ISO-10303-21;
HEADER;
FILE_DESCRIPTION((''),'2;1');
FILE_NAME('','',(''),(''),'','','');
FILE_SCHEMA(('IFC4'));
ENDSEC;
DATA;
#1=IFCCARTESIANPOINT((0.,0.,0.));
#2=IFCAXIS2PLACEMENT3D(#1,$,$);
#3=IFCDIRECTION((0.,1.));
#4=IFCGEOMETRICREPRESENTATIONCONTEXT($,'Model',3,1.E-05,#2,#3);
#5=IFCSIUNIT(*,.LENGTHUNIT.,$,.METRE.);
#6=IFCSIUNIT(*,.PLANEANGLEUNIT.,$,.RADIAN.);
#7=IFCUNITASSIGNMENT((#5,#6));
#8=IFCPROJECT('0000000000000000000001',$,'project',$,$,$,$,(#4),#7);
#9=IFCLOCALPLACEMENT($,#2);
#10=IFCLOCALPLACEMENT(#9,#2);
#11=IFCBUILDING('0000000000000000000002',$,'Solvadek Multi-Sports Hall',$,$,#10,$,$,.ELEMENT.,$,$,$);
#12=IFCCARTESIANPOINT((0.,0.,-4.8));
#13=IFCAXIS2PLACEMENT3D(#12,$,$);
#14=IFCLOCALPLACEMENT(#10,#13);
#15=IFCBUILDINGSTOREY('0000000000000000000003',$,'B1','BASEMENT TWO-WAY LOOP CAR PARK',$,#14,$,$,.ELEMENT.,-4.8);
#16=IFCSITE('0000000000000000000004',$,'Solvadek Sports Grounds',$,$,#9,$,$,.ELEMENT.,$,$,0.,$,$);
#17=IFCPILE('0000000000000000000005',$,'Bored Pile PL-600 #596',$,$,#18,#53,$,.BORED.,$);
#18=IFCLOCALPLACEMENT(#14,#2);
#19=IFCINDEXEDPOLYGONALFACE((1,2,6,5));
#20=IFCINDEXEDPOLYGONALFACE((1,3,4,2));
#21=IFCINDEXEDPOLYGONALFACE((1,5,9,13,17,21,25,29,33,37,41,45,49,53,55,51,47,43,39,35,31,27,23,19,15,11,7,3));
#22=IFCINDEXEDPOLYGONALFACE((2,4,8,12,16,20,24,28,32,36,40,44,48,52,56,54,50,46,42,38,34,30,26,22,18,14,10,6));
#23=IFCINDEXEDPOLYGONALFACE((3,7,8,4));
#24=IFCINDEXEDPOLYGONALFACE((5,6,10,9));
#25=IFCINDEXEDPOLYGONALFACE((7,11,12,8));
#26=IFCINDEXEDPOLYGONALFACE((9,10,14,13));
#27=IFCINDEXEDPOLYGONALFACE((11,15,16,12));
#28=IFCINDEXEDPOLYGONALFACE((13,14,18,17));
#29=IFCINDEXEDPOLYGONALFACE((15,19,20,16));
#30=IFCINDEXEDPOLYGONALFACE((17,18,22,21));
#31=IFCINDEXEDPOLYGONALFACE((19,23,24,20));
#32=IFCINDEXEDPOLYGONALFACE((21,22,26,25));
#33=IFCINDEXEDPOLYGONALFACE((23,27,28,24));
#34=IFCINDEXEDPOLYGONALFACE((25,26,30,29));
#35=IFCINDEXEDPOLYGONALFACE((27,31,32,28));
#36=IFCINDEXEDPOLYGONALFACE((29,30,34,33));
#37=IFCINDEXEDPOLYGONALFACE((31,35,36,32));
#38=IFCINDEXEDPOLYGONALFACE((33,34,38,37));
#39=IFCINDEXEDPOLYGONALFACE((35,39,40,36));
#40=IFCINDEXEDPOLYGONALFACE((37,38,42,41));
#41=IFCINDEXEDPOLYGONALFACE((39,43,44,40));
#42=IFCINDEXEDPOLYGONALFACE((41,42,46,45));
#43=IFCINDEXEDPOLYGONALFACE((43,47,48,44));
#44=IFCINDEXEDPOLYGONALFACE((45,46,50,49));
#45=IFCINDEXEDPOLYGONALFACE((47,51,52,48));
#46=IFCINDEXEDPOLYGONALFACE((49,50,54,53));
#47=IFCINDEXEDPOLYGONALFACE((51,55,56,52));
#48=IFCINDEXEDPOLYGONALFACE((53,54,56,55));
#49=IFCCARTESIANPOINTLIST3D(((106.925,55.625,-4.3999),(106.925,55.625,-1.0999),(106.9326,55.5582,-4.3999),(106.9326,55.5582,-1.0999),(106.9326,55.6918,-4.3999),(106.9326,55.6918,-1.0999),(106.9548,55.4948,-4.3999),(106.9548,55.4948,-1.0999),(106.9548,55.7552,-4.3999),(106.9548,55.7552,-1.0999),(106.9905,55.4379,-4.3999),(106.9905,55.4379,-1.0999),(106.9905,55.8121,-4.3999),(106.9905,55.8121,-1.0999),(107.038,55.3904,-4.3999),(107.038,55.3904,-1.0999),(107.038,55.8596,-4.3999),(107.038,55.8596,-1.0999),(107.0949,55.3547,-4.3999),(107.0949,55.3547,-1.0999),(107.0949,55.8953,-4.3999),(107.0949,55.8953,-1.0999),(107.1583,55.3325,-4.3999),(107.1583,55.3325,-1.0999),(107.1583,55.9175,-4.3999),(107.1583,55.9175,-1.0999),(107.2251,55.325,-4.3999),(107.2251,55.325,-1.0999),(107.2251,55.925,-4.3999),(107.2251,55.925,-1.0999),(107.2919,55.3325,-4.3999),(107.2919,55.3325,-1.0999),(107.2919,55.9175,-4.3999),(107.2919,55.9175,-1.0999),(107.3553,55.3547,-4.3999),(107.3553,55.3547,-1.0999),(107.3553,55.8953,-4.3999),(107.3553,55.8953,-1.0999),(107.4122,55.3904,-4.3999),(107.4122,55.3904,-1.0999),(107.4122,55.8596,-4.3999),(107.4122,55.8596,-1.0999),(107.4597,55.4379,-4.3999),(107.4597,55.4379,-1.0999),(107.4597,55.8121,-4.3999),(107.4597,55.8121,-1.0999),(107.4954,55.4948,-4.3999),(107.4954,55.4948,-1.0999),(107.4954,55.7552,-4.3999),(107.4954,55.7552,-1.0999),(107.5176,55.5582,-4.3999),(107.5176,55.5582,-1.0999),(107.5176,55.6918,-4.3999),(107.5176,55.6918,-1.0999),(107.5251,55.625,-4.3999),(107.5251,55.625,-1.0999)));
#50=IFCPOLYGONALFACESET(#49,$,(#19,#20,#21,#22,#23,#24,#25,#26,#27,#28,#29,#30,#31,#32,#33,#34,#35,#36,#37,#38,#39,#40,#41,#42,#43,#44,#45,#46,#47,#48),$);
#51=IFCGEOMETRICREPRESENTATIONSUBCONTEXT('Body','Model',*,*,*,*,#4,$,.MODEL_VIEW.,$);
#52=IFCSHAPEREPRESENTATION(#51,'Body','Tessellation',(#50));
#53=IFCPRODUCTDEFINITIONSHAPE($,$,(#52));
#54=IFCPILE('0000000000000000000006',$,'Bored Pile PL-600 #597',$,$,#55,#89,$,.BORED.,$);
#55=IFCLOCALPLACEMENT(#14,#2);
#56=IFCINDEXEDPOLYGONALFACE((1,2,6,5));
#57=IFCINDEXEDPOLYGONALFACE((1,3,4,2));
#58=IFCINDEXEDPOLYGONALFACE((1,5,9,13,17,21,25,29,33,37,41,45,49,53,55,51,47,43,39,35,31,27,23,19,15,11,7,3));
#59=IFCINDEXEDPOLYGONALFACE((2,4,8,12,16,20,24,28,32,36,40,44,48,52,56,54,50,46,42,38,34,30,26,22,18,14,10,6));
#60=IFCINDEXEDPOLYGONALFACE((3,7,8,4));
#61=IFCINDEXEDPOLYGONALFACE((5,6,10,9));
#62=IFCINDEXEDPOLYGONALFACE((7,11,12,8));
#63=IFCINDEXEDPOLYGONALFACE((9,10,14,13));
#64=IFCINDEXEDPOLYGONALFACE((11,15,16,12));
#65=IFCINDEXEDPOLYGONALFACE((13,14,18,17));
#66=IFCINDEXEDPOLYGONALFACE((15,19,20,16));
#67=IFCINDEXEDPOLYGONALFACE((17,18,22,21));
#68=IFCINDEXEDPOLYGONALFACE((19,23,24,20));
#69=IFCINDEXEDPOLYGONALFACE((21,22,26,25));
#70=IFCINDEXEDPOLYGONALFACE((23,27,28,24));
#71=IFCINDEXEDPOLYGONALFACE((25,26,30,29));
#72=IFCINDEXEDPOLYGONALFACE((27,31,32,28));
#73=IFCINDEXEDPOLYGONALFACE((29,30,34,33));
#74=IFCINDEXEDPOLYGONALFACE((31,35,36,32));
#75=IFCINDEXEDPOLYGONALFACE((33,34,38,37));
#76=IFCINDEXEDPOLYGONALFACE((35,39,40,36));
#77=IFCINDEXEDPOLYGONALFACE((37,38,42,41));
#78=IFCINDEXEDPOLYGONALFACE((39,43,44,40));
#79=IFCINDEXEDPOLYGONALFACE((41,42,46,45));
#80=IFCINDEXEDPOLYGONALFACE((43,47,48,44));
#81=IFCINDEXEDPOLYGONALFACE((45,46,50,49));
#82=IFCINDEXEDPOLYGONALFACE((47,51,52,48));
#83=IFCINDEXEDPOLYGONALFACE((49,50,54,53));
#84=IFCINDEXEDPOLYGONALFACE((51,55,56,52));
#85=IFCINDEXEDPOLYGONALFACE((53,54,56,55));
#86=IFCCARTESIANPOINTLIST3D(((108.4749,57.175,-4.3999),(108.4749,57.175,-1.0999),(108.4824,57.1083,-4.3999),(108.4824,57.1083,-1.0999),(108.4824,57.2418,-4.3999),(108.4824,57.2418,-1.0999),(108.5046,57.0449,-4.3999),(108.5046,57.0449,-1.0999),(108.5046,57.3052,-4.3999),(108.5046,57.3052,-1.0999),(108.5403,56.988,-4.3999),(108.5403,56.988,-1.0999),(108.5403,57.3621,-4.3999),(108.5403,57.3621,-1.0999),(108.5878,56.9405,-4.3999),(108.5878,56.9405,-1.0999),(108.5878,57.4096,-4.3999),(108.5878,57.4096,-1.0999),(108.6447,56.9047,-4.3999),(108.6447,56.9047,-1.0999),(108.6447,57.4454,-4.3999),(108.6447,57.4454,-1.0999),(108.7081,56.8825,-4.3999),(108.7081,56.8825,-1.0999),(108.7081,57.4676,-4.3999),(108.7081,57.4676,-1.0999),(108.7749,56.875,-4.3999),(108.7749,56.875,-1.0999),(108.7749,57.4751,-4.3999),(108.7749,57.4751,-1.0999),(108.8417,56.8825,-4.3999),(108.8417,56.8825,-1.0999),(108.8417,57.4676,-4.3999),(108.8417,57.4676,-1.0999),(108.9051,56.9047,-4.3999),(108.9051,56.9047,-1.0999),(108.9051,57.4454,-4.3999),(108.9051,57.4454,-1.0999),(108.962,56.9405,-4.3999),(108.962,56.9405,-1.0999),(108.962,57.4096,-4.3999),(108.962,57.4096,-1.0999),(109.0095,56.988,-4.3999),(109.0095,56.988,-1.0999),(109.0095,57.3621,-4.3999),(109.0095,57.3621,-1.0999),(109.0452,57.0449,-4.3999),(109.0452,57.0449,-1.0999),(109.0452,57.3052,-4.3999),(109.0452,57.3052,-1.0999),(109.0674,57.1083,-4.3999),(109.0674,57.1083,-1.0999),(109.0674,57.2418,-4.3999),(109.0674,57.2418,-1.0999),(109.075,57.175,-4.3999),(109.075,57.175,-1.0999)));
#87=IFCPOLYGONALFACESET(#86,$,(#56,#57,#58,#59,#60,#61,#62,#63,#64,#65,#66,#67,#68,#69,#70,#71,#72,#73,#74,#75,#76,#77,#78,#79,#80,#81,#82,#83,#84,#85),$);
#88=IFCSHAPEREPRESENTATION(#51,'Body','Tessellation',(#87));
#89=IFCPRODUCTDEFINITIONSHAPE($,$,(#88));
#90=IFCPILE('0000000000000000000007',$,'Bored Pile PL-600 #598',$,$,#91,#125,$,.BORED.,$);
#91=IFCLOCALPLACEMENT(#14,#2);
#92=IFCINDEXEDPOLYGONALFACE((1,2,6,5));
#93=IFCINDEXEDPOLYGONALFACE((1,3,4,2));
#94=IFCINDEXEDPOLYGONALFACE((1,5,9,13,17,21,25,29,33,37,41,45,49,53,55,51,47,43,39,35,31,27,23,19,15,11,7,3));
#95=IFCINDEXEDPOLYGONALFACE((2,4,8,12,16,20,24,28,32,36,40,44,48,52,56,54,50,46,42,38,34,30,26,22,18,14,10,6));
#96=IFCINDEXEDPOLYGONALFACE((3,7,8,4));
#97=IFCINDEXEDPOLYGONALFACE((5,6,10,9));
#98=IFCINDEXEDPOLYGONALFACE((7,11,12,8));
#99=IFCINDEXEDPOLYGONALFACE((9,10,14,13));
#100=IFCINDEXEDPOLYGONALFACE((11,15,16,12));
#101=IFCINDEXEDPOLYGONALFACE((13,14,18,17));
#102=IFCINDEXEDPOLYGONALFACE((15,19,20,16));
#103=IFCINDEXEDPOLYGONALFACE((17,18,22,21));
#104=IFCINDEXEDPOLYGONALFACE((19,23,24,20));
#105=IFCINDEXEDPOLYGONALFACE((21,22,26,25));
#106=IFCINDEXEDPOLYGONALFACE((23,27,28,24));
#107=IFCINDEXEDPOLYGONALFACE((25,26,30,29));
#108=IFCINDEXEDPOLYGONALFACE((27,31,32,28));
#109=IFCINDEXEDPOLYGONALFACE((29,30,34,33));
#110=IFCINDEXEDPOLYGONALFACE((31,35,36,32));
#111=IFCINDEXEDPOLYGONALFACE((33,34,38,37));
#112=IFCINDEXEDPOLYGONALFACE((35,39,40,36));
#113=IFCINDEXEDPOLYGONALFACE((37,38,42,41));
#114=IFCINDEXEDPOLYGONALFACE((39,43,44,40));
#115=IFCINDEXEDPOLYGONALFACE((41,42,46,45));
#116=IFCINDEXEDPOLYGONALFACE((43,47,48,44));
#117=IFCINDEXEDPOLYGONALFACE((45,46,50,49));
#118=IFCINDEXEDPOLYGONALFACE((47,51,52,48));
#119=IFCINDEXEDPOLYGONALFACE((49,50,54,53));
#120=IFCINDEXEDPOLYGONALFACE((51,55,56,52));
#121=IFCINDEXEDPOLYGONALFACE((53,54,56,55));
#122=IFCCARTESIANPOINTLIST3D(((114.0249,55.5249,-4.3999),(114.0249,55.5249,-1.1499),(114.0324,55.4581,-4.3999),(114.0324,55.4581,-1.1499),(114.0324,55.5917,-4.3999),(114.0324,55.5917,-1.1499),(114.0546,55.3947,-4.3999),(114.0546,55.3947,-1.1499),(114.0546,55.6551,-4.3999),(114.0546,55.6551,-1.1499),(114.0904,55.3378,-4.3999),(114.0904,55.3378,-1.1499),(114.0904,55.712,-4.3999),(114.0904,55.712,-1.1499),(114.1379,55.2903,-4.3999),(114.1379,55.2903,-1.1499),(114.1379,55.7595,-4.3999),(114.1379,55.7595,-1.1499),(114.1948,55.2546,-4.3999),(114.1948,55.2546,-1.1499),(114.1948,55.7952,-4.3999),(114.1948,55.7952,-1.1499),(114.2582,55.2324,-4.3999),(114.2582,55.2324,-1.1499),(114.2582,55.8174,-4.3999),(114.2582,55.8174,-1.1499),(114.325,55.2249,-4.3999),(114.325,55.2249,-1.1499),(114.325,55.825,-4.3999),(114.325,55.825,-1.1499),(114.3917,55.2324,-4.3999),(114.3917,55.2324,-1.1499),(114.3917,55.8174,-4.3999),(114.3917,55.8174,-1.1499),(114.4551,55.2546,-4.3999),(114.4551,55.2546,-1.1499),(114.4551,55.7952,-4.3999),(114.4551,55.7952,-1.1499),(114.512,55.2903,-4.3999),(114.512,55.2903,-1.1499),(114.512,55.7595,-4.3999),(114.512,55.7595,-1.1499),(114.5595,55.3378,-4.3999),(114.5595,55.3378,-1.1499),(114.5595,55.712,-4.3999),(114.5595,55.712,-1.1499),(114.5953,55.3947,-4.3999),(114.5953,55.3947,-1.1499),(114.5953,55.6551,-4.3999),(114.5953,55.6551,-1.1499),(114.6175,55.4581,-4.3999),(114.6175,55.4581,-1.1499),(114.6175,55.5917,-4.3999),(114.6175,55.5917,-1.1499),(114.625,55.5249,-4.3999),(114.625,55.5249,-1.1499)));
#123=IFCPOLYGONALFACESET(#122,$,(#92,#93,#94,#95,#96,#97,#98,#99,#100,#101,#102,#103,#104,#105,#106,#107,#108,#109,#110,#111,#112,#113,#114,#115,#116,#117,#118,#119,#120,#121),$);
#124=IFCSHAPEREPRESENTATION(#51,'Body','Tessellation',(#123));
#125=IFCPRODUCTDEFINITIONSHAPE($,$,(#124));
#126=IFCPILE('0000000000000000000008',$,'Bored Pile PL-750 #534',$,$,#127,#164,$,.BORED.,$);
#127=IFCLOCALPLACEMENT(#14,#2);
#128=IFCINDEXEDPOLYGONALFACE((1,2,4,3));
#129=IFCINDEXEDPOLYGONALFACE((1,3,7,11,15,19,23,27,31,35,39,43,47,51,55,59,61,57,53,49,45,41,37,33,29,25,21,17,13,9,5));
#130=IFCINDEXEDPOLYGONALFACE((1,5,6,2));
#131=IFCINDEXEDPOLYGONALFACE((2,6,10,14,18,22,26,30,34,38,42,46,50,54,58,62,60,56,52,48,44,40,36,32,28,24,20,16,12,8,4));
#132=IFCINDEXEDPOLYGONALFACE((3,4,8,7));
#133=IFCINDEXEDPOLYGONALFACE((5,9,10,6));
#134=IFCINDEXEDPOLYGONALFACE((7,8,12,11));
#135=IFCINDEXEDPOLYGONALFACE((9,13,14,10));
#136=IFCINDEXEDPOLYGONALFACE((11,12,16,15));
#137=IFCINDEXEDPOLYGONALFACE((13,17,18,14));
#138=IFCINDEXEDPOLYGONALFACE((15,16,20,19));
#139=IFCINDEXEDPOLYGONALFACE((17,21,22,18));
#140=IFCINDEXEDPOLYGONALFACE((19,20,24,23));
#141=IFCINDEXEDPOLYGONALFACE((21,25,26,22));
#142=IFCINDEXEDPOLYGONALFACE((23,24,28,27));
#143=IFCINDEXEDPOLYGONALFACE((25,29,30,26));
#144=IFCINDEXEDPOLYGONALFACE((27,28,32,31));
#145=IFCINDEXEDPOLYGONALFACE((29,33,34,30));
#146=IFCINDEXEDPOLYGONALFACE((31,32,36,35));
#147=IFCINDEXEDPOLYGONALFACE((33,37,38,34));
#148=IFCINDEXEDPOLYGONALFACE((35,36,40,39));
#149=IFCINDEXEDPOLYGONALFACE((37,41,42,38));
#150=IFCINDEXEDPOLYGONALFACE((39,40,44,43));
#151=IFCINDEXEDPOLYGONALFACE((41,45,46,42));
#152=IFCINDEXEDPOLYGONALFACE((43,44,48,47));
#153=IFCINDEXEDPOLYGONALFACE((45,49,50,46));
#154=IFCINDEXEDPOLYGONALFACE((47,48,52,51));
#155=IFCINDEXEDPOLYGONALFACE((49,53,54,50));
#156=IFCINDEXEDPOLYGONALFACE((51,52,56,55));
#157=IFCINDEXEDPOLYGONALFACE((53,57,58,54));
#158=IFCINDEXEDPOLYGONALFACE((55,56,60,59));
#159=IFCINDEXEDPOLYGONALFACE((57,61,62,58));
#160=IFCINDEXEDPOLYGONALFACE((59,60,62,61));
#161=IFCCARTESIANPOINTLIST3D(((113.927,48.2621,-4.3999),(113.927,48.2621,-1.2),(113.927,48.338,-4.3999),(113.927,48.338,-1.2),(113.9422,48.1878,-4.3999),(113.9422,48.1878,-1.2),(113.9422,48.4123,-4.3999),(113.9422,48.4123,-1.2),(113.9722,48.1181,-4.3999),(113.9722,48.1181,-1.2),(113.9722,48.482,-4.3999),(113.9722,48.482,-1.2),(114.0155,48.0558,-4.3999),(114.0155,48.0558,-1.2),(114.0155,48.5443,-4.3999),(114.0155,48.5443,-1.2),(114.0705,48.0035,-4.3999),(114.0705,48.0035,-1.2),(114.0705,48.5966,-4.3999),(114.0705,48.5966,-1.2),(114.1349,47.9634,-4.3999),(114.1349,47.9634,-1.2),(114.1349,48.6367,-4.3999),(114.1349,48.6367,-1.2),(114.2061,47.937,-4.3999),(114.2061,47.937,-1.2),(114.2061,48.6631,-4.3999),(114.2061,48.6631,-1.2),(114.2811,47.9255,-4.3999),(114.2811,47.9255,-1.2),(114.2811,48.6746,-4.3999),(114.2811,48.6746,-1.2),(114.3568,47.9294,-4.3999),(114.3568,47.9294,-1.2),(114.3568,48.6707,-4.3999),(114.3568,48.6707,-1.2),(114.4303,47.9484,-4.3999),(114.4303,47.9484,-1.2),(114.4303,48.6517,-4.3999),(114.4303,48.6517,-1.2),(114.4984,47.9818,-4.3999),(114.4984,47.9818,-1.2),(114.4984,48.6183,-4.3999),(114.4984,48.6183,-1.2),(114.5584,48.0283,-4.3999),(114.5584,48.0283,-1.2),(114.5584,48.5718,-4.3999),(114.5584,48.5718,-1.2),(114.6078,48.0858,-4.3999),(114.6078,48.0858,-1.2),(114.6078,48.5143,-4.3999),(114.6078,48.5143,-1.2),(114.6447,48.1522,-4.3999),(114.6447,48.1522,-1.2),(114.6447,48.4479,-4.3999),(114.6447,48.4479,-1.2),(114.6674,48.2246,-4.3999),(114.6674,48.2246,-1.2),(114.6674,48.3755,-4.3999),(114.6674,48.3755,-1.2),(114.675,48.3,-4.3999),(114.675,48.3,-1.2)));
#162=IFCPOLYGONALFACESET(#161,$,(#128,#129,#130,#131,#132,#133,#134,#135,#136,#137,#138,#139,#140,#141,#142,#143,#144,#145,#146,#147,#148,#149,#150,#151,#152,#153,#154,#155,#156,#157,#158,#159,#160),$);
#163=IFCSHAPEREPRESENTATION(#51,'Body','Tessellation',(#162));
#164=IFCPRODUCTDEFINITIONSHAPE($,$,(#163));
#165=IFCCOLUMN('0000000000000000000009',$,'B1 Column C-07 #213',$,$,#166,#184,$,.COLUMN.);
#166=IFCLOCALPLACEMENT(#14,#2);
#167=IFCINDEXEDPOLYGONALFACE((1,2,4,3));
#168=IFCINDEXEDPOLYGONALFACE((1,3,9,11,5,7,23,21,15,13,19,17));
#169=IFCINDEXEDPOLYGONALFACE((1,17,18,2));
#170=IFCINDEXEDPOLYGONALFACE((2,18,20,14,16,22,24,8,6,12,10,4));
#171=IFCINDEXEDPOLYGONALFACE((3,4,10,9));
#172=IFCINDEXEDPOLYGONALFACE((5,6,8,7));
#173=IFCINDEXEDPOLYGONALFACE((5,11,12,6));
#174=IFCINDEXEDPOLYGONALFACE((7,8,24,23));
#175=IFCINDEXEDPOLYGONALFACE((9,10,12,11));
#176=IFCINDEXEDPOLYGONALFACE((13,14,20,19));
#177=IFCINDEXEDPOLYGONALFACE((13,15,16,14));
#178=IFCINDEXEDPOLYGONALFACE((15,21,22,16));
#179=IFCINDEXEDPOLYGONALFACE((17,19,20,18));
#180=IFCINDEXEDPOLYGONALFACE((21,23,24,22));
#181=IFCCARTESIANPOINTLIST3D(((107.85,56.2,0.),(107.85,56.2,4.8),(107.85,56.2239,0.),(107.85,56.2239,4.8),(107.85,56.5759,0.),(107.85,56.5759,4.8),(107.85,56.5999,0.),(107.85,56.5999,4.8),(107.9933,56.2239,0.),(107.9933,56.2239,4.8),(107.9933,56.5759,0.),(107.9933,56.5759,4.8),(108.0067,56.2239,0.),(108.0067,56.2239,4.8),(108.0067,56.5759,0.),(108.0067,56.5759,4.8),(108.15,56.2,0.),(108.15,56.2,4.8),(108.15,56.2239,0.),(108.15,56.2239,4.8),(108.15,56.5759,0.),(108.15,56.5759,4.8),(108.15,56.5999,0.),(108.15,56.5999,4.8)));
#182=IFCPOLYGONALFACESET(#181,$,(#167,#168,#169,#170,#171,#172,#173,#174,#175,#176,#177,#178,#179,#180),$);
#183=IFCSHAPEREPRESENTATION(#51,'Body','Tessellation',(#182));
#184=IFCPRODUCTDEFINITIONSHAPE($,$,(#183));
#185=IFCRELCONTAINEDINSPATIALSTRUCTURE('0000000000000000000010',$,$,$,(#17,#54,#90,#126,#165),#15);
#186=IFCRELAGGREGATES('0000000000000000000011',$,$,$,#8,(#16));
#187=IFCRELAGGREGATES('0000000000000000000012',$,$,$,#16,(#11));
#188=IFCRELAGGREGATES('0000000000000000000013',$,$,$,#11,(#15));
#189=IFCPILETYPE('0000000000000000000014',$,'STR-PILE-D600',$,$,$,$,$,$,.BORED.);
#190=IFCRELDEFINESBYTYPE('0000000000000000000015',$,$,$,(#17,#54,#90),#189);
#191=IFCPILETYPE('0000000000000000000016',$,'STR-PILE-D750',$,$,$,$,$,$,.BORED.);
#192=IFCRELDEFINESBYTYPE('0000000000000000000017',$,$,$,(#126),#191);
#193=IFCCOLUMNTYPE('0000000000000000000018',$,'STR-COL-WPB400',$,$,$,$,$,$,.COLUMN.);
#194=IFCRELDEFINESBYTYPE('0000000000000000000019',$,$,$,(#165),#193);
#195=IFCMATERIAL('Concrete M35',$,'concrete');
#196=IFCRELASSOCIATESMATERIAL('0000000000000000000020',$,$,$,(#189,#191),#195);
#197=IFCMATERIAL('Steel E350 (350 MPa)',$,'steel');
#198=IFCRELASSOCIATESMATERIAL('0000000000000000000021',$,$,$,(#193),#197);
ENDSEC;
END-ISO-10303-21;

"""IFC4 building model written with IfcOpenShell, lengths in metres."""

from ifc_helpers import new_model, si_unit, direction, frame, origin, origin_2d, place, context, subcontext, project, spatial, circle, i_section, extrude, material, material_profile, profile_set, type_object, element, save


model = new_model("IFC4")

# Units and contexts
model_context = context("Model", 3, precision=1e-05, world=origin(), true_north=direction((0.0, 1.0)))
body_context = subcontext(model_context, "Body", "Model", "MODEL_VIEW")
ifc_project = project(units=[si_unit("LENGTHUNIT", "METRE"), si_unit("PLANEANGLEUNIT", "RADIAN")], contexts=[model_context])

# Site, building, storey
site_placement = place(None, origin())
site = spatial("IfcSite", under=ifc_project, at=site_placement, Name="Solvadek Sports Grounds", CompositionType="ELEMENT", RefElevation=0.0)
building_placement = place(site_placement, origin())
building = spatial("IfcBuilding", under=site, at=building_placement, Name="Solvadek Multi-Sports Hall", CompositionType="ELEMENT")
storey_placement = place(building_placement, frame((0.0, 0.0, -4.8)))
storey = spatial("IfcBuildingStorey", under=building, at=storey_placement, Name="B1", Description="BASEMENT TWO-WAY LOOP CAR PARK", CompositionType="ELEMENT", Elevation=-4.8)

# Piles
ifc_material_1 = material(Name="Concrete M35", Category="concrete")
ifc_material_profile_1 = material_profile(ifc_material_1, circle(Radius=0.3, at=origin_2d()), Name="BORED PILE D600")
ifc_profile_set_1 = profile_set([ifc_material_profile_1], Name="Concrete M35")
pile_type_1 = type_object("IfcPileType", Name="STR-PILE-D600", PredefinedType="BORED", material=ifc_profile_set_1)
for number, where, z_axis, x_axis, name in (
    (1, (107.2251, 55.625, -1.0999), (0.0, 0.0, -1.0), (1.0, 0.0, 0.0), "Bored Pile PL-600 #596"),
    (2, (108.7749, 57.175, -1.0999), (0.0, 0.0, -1.0), (1.0, 0.0, 0.0), "Bored Pile PL-600 #597"),
):
    element("IfcPile", number, at=place(storey_placement, frame(where, z_axis=z_axis, x_axis=x_axis)), inside=storey, type_object=pile_type_1, Name=name, PredefinedType="BORED", context=body_context, shape_type="SweptSolid", body=[
        extrude(circle(Radius=0.3, at=origin_2d()), origin(), (0.0, 0.0, 1.0), 3.3),
    ])
pile_1_placement = place(storey_placement, frame((114.325, 55.5249, -1.1499), z_axis=(0.0, 0.0, -1.0), x_axis=(1.0, 0.0, 0.0)))
element("IfcPile", 3, at=pile_1_placement, inside=storey, type_object=pile_type_1, Name="Bored Pile PL-600 #598", PredefinedType="BORED", context=body_context, shape_type="SweptSolid", body=[
    extrude(circle(Radius=0.3, at=origin_2d()), origin(), (0.0, 0.0, 1.0), 3.25),
])
ifc_material_profile_2 = material_profile(ifc_material_1, circle(Radius=0.375, at=origin_2d()), Name="BORED PILE D750")
ifc_profile_set_2 = profile_set([ifc_material_profile_2], Name="Concrete M35")
pile_type_2 = type_object("IfcPileType", Name="STR-PILE-D750", PredefinedType="BORED", material=ifc_profile_set_2)
pile_2_placement = place(storey_placement, frame((114.3, 48.3, -1.2), z_axis=(0.0, 0.0, -1.0), x_axis=(1.0, 0.0, 0.0)))
element("IfcPile", 4, at=pile_2_placement, inside=storey, type_object=pile_type_2, Name="Bored Pile PL-750 #534", PredefinedType="BORED", context=body_context, shape_type="SweptSolid", body=[
    extrude(circle(Radius=0.375, at=origin_2d()), origin(), (0.0, 0.0, 1.0), 3.2),
])

# Column
ifc_material_2 = material(Name="Steel E350 (350 MPa)", Category="steel")
ifc_material_profile_3 = material_profile(ifc_material_2, i_section(OverallWidth=0.3, OverallDepth=0.3999, WebThickness=0.0134, FlangeThickness=0.0239, at=origin_2d()), Name="WPB 400")
ifc_profile_set_3 = profile_set([ifc_material_profile_3], Name="Steel E350 (350 MPa)")
column_type_1 = type_object("IfcColumnType", Name="STR-COL-WPB400", PredefinedType="COLUMN", material=ifc_profile_set_3)
column_placement = place(storey_placement, frame((108.0, 56.3999, 0.0), z_axis=(0.0, 0.0, 1.0), x_axis=(1.0, 0.0, 0.0)))
element("IfcColumn", 5, at=column_placement, inside=storey, type_object=column_type_1, Name="B1 Column C-07 #213", PredefinedType="COLUMN", context=body_context, shape_type="SweptSolid", body=[
    extrude(i_section(OverallWidth=0.3, OverallDepth=0.3999, WebThickness=0.0134, FlangeThickness=0.0239, at=origin_2d()), origin(), (0.0, 0.0, 1.0), 4.8),
])

save(model, "model.ifc")
